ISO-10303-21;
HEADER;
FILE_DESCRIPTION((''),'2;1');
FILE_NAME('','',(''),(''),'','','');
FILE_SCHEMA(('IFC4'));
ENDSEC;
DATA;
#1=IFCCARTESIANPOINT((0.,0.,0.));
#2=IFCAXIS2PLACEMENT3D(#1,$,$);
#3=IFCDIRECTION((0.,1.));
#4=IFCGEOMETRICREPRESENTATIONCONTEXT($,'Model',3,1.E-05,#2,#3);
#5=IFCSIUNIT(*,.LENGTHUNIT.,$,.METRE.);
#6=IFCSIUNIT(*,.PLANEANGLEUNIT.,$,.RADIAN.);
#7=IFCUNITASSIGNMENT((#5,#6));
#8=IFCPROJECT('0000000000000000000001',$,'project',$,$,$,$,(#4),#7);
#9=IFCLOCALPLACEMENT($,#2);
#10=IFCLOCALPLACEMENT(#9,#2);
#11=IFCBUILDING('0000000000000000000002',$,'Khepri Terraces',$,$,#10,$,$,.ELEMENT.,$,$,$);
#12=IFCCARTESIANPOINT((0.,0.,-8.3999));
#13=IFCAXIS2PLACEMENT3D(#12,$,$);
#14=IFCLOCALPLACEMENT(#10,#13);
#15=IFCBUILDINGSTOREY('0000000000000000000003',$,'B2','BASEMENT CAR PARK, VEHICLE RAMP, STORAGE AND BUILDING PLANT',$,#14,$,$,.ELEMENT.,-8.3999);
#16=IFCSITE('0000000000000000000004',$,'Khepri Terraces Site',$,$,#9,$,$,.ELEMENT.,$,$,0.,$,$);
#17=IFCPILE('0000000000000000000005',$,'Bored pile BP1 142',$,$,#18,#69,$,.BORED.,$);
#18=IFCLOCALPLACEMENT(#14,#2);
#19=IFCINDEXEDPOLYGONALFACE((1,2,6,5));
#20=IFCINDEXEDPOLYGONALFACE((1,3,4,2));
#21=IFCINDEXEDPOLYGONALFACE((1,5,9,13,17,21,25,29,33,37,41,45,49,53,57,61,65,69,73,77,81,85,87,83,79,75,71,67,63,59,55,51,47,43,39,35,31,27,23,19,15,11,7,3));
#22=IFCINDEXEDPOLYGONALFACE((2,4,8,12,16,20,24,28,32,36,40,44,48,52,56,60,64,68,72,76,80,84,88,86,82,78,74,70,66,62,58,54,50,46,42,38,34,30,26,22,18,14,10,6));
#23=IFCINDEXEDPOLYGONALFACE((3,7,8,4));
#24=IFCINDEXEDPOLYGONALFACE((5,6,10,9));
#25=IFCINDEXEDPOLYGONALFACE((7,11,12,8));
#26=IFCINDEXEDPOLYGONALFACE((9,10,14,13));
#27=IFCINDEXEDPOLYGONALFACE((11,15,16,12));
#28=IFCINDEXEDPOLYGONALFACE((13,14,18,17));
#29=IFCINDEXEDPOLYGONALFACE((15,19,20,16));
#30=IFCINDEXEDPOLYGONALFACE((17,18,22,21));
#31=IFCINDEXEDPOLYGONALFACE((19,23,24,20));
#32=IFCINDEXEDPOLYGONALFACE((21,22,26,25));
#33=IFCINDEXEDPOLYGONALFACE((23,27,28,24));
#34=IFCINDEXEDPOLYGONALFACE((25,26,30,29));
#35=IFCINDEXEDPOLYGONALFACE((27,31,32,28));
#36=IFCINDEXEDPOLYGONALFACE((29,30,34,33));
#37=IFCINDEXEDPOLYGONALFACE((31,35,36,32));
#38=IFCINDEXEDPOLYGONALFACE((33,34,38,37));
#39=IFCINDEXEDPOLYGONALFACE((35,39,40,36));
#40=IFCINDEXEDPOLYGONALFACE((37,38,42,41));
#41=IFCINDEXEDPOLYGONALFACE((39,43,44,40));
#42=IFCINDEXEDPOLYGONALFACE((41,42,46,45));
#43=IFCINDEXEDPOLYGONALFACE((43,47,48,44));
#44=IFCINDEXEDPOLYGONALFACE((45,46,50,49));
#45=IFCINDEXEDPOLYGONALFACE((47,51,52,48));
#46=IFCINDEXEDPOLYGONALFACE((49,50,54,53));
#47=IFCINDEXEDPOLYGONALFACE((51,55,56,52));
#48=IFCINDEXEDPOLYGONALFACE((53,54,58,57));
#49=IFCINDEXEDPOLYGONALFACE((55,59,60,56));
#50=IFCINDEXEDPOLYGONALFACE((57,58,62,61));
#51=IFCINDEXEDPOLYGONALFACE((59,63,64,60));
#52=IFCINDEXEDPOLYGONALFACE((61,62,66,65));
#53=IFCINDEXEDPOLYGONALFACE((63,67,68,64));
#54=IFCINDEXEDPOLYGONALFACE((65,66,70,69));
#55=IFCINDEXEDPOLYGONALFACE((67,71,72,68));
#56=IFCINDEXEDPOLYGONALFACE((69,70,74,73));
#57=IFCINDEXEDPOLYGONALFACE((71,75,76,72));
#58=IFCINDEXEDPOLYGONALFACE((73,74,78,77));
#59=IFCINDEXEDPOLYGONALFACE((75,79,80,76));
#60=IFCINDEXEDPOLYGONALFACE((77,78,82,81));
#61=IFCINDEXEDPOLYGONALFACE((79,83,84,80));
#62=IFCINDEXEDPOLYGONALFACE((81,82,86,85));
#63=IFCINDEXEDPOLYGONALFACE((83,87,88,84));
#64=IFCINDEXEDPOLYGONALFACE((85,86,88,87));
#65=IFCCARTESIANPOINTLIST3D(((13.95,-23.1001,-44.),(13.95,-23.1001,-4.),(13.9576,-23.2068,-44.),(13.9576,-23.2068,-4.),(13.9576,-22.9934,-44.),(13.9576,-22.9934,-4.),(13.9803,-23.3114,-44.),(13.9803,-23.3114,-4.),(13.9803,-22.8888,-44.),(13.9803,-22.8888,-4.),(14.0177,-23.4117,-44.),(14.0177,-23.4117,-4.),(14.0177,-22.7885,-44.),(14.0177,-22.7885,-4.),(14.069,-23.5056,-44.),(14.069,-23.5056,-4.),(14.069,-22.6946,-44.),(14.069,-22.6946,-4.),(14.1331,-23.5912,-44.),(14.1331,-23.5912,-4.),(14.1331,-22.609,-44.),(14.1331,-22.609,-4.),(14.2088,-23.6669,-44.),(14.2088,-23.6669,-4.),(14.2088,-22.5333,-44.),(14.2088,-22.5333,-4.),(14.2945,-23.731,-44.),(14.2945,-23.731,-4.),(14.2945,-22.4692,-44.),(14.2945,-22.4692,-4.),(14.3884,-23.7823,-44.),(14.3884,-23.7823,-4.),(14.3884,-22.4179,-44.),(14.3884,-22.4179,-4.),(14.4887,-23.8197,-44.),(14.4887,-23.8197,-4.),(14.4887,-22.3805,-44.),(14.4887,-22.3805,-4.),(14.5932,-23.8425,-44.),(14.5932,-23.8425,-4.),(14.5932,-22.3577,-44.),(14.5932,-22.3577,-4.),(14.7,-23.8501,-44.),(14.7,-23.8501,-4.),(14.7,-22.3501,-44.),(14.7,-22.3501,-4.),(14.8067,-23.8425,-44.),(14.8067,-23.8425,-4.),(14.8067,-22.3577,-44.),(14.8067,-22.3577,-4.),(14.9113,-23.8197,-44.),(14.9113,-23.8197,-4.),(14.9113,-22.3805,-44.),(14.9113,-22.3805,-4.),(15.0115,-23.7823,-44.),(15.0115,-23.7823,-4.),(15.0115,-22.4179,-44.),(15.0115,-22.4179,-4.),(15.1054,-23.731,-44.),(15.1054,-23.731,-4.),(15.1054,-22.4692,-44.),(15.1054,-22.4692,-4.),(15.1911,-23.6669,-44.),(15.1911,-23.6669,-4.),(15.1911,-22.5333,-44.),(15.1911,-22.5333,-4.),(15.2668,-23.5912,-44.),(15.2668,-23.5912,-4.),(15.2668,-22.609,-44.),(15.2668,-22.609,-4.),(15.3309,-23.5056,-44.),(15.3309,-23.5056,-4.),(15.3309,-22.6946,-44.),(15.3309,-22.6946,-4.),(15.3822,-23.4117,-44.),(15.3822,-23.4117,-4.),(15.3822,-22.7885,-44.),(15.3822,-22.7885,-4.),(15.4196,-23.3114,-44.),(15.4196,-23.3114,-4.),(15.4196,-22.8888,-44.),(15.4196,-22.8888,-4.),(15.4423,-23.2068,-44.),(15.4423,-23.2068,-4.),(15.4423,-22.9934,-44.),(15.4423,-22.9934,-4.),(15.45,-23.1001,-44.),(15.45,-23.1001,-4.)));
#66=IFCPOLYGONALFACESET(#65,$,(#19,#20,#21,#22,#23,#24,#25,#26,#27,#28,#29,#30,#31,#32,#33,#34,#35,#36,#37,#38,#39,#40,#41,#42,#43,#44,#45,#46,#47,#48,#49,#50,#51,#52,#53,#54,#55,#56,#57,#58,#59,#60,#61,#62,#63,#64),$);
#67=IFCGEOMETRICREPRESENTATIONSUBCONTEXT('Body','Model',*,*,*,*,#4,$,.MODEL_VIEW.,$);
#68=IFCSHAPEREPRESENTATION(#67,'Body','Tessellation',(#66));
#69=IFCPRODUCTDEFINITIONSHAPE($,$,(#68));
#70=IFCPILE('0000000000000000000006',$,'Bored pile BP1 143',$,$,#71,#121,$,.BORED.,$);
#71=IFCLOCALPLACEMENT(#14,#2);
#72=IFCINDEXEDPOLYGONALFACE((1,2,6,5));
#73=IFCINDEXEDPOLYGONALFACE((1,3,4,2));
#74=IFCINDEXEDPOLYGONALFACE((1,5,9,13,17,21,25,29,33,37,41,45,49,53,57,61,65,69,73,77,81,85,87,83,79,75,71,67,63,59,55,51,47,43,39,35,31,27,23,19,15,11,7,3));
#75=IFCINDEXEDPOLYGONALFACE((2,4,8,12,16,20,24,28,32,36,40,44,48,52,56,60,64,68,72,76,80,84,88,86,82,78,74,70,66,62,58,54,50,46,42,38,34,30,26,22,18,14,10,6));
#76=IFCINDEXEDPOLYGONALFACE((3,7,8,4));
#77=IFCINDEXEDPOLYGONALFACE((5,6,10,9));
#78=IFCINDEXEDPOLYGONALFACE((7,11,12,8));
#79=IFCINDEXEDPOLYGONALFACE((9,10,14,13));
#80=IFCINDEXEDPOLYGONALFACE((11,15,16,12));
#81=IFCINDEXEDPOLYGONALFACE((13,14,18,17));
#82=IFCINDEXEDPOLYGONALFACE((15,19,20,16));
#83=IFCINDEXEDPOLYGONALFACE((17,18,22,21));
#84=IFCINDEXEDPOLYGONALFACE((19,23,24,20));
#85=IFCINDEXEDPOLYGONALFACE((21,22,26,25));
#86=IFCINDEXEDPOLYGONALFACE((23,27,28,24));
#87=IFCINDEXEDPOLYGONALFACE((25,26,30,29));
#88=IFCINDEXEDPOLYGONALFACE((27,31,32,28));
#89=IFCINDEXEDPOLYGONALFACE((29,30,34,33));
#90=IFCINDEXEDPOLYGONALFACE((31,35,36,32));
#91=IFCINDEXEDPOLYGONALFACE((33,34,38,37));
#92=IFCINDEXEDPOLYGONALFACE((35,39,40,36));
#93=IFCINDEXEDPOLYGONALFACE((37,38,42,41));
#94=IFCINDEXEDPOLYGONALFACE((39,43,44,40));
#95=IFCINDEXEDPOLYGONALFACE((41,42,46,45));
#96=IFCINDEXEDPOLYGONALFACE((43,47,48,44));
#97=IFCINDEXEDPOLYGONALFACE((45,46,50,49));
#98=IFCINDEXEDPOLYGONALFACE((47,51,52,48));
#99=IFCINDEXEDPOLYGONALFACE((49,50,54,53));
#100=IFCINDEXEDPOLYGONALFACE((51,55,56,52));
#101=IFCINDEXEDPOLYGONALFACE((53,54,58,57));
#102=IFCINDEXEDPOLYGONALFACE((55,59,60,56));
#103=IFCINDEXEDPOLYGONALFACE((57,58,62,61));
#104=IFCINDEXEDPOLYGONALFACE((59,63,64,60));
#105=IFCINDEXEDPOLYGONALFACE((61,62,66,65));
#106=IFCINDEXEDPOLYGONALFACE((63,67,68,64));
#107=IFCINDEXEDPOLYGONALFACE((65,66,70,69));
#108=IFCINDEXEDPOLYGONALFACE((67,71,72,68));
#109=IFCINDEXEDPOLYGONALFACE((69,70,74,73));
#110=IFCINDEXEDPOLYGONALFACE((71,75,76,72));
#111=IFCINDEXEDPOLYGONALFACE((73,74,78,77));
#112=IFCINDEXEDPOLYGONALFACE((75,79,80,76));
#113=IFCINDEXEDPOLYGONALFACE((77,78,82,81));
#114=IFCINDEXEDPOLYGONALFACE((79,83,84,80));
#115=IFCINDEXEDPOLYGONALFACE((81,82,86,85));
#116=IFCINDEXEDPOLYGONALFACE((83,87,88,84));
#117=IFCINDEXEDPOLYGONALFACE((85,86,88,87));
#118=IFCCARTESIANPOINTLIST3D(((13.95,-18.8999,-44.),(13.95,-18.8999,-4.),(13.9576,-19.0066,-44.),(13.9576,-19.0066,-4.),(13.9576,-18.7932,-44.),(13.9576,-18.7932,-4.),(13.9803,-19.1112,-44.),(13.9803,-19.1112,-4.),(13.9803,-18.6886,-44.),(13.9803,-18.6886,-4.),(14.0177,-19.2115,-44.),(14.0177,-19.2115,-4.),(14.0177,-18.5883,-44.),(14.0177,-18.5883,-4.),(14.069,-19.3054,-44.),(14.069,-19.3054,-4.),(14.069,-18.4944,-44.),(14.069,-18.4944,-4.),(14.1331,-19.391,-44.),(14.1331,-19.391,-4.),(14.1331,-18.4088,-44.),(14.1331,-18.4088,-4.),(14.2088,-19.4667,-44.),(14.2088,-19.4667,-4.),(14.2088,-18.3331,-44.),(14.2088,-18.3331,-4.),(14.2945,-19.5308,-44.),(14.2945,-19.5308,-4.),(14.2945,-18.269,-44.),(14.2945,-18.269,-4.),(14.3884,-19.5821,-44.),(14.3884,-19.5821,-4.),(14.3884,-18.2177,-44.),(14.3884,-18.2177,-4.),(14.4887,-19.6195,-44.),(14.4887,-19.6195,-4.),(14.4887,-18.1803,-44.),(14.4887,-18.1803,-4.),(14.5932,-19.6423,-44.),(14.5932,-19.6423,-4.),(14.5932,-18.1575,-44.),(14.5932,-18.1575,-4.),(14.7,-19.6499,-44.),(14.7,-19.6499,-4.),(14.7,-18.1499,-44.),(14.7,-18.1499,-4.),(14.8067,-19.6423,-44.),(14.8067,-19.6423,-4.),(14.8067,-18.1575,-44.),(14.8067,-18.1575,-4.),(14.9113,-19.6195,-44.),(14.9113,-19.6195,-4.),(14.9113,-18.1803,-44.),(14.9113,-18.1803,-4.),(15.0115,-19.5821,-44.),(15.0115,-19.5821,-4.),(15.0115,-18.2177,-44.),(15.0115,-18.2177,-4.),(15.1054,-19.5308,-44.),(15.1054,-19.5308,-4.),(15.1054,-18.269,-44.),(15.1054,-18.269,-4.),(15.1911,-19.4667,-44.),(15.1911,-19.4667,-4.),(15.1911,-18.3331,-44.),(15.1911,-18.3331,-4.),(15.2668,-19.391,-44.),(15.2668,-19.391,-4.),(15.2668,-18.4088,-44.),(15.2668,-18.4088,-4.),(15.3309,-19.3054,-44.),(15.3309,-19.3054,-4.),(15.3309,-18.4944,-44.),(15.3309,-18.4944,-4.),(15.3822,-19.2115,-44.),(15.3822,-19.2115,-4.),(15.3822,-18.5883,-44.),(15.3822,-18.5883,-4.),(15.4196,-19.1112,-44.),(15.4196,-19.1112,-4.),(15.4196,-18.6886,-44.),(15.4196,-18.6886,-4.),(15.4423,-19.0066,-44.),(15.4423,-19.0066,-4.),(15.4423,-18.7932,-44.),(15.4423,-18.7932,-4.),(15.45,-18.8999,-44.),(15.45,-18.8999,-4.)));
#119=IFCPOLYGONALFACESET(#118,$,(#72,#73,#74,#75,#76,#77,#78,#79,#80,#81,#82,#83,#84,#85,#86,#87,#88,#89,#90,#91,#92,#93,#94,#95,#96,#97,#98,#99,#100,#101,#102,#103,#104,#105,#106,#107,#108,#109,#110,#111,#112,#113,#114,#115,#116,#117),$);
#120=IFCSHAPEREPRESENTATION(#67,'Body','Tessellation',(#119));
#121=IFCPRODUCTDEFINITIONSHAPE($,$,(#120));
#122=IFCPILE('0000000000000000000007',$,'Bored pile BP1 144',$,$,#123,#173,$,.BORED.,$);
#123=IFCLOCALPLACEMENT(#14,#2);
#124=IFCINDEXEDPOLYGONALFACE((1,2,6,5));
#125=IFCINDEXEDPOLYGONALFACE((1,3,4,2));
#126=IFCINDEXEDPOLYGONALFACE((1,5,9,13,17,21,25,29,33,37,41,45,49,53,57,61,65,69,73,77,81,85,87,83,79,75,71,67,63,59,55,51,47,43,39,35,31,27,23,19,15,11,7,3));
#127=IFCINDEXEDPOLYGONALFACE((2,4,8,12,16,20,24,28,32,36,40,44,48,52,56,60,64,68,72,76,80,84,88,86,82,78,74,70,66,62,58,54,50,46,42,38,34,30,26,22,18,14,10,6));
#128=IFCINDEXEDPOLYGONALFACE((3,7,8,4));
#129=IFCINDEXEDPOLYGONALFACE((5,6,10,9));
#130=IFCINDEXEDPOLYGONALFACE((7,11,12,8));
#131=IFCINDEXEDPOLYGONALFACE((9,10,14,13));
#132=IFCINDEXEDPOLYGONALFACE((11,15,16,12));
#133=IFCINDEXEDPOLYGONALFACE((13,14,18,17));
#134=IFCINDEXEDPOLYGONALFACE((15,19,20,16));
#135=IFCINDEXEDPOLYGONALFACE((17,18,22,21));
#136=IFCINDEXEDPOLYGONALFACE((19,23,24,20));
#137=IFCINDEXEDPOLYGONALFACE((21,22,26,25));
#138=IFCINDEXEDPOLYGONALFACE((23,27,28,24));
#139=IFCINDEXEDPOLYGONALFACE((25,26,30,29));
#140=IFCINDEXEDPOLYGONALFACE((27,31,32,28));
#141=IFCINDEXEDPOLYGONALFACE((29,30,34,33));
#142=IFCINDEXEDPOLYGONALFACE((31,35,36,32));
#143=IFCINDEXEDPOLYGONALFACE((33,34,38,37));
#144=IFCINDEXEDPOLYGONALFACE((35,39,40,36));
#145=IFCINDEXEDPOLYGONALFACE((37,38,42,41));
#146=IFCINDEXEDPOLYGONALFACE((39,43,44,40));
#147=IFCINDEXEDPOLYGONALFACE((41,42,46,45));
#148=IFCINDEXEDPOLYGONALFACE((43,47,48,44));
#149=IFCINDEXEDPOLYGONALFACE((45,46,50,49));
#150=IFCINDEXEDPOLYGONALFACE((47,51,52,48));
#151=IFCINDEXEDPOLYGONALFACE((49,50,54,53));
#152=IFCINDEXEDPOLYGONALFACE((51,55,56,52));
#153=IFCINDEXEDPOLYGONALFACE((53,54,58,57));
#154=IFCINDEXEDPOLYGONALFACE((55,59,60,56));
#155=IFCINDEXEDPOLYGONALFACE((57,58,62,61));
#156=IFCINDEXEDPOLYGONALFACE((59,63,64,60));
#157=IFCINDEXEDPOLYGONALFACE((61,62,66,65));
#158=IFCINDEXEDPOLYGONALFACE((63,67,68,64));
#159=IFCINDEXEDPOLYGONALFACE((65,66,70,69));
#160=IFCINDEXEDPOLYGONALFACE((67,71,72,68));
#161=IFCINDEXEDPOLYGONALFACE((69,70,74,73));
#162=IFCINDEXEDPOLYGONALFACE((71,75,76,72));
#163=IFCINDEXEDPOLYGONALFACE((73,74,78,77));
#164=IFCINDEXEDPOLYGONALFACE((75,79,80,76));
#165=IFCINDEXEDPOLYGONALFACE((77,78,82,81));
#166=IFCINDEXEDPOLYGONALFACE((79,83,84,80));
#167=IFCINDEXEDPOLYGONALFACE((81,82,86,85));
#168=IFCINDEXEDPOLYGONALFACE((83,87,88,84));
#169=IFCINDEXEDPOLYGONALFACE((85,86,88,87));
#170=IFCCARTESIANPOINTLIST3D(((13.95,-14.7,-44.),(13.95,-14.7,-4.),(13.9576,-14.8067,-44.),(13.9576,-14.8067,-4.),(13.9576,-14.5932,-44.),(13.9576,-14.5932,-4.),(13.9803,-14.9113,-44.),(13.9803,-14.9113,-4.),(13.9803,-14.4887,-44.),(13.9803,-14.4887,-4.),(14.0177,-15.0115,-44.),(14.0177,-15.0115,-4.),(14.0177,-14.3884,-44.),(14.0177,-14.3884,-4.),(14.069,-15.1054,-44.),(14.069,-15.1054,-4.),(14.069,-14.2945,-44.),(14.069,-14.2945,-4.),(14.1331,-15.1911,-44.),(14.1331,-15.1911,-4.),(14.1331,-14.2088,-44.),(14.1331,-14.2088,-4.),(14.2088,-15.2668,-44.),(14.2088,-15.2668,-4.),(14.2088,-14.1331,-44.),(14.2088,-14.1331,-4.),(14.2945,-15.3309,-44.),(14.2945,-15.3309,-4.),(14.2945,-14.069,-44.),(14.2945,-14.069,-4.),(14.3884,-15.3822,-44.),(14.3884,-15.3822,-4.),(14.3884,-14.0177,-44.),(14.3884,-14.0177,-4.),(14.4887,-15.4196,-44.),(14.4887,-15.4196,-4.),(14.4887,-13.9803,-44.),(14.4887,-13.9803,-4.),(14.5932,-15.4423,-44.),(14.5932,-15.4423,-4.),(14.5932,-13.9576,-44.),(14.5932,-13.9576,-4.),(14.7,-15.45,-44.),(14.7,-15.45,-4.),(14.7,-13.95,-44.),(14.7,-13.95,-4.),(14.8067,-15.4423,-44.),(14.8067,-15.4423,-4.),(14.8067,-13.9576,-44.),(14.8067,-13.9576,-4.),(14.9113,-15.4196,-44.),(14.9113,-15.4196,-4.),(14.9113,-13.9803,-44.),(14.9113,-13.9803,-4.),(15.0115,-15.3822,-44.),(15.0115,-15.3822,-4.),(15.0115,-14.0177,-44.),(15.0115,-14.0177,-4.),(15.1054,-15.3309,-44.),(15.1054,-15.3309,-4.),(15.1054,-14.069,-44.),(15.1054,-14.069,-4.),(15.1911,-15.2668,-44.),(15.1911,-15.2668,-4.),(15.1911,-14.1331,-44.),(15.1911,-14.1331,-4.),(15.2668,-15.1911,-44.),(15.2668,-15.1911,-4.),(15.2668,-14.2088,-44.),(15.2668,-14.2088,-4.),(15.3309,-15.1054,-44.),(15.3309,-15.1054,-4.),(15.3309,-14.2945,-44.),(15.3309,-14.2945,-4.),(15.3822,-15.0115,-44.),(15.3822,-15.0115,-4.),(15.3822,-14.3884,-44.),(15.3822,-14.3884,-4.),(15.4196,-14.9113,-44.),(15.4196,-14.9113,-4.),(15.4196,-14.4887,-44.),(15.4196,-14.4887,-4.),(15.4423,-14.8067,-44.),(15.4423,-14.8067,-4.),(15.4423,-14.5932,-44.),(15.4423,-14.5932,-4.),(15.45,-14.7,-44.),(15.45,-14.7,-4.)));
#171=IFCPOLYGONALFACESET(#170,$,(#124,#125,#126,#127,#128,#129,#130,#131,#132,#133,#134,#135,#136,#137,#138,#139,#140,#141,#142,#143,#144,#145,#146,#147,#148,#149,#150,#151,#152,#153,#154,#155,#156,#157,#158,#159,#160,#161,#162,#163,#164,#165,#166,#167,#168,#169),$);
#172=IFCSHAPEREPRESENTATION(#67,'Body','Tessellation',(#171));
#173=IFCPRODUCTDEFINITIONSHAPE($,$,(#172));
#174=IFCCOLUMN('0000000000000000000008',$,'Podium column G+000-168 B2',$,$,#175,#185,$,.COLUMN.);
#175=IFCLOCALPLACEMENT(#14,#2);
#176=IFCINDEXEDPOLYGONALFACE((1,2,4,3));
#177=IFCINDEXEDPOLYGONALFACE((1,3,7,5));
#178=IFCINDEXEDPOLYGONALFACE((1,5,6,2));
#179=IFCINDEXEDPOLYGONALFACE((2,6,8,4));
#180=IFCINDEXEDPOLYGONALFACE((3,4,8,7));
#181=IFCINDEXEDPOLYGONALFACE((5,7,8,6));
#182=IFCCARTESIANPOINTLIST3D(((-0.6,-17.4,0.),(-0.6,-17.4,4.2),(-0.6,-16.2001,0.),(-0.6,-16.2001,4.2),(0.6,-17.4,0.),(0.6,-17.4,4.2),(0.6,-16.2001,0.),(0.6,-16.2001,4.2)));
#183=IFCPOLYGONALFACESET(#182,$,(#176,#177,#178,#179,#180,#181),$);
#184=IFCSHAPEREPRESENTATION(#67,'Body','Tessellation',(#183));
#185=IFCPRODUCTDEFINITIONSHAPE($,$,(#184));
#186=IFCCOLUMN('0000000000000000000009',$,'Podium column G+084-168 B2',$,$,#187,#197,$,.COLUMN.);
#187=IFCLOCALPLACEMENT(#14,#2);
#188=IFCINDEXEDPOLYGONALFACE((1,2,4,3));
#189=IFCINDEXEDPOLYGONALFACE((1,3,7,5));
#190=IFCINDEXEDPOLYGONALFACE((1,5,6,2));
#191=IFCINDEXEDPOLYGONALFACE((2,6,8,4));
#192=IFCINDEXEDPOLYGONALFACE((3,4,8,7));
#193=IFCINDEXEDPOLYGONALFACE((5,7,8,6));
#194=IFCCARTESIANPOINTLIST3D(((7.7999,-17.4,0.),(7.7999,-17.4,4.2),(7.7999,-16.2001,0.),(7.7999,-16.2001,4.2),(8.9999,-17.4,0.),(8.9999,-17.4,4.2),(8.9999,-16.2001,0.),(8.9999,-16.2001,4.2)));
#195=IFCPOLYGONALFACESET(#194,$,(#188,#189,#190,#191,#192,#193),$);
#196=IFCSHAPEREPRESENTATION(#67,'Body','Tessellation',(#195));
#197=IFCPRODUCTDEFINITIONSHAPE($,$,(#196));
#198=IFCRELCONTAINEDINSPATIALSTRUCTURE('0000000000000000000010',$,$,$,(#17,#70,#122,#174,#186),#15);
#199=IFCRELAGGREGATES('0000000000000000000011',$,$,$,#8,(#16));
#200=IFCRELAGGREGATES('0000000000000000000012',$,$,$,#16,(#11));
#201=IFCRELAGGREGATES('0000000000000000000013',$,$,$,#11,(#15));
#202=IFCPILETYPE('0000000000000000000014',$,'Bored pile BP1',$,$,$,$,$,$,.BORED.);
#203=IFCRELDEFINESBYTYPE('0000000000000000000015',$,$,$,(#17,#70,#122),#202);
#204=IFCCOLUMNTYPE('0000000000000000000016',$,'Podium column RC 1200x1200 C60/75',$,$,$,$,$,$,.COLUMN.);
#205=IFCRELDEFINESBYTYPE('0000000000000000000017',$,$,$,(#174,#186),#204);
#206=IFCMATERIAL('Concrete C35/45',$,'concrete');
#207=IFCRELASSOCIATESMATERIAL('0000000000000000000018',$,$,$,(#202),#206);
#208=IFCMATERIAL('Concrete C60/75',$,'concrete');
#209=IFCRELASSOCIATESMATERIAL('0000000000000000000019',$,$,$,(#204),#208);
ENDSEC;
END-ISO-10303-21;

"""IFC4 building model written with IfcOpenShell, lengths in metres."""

from ifc_helpers import new_model, si_unit, direction, frame, origin, origin_2d, place, context, subcontext, project, spatial, rectangle, circle, extrude, material, material_profile, profile_set, type_object, element, save


model = new_model("IFC4")

# Units and contexts
model_context = context("Model", 3, precision=1e-05, world=origin(), true_north=direction((0.0, 1.0)))
body_context = subcontext(model_context, "Body", "Model", "MODEL_VIEW")
ifc_project = project(units=[si_unit("LENGTHUNIT", "METRE"), si_unit("PLANEANGLEUNIT", "RADIAN")], contexts=[model_context])

# Site, building, storey
site_placement = place(None, origin())
site = spatial("IfcSite", under=ifc_project, at=site_placement, Name="Khepri Terraces Site", CompositionType="ELEMENT", RefElevation=0.0)
building_placement = place(site_placement, origin())
building = spatial("IfcBuilding", under=site, at=building_placement, Name="Khepri Terraces", CompositionType="ELEMENT")
storey_placement = place(building_placement, frame((0.0, 0.0, -8.3999)))
storey = spatial("IfcBuildingStorey", under=building, at=storey_placement, Name="B2", Description="BASEMENT CAR PARK, VEHICLE RAMP, STORAGE AND BUILDING PLANT", CompositionType="ELEMENT", Elevation=-8.3999)

# Piles
ifc_material_1 = material(Name="Concrete C35/45", Category="concrete")
ifc_material_profile_1 = material_profile(ifc_material_1, circle(Radius=0.75, at=origin_2d()), Name="Concrete C35/45", Category="concrete")
ifc_profile_set_1 = profile_set([ifc_material_profile_1], Name="Concrete C35/45")
pile_type = type_object("IfcPileType", Name="Bored pile BP1", PredefinedType="BORED", material=ifc_profile_set_1)
for number, where, z_axis, x_axis, name in (
    (1, (14.7, -23.1001, -4.0), (0.0, 0.0, -1.0), (1.0, 0.0, 0.0), "Bored pile BP1 142"),
    (2, (14.7, -18.8999, -4.0), (0.0, 0.0, -1.0), (1.0, 0.0, 0.0), "Bored pile BP1 143"),
    (3, (14.7, -14.7, -4.0), (0.0, 0.0, -1.0), (1.0, 0.0, 0.0), "Bored pile BP1 144"),
):
    element("IfcPile", number, at=place(storey_placement, frame(where, z_axis=z_axis, x_axis=x_axis)), inside=storey, type_object=pile_type, Name=name, PredefinedType="BORED", context=body_context, shape_type="SweptSolid", body=[
        extrude(circle(Radius=0.75, at=origin_2d()), origin(), (0.0, 0.0, 1.0), 40.0),
    ])

# Columns
ifc_material_2 = material(Name="Concrete C60/75", Category="concrete")
ifc_material_profile_2 = material_profile(ifc_material_2, rectangle(XDim=1.2, YDim=1.2, at=origin_2d()), Name="Concrete C60/75", Category="concrete")
ifc_profile_set_2 = profile_set([ifc_material_profile_2], Name="Concrete C60/75")
column_type_1 = type_object("IfcColumnType", Name="Podium column RC 1200x1200 C60/75", PredefinedType="COLUMN", material=ifc_profile_set_2)
for number, where, z_axis, x_axis, name in (
    (4, (0.0, -16.8, 0.0), (0.0, 0.0, 1.0), (1.0, 0.0, 0.0), "Podium column G+000-168 B2"),
    (5, (8.3999, -16.8, 0.0), (0.0, 0.0, 1.0), (1.0, 0.0, 0.0), "Podium column G+084-168 B2"),
):
    element("IfcColumn", number, at=place(storey_placement, frame(where, z_axis=z_axis, x_axis=x_axis)), inside=storey, type_object=column_type_1, Name=name, PredefinedType="COLUMN", context=body_context, shape_type="SweptSolid", body=[
        extrude(rectangle(XDim=1.2, YDim=1.2, at=origin_2d()), origin(), (0.0, 0.0, 1.0), 4.2),
    ])

save(model, "model.ifc")
